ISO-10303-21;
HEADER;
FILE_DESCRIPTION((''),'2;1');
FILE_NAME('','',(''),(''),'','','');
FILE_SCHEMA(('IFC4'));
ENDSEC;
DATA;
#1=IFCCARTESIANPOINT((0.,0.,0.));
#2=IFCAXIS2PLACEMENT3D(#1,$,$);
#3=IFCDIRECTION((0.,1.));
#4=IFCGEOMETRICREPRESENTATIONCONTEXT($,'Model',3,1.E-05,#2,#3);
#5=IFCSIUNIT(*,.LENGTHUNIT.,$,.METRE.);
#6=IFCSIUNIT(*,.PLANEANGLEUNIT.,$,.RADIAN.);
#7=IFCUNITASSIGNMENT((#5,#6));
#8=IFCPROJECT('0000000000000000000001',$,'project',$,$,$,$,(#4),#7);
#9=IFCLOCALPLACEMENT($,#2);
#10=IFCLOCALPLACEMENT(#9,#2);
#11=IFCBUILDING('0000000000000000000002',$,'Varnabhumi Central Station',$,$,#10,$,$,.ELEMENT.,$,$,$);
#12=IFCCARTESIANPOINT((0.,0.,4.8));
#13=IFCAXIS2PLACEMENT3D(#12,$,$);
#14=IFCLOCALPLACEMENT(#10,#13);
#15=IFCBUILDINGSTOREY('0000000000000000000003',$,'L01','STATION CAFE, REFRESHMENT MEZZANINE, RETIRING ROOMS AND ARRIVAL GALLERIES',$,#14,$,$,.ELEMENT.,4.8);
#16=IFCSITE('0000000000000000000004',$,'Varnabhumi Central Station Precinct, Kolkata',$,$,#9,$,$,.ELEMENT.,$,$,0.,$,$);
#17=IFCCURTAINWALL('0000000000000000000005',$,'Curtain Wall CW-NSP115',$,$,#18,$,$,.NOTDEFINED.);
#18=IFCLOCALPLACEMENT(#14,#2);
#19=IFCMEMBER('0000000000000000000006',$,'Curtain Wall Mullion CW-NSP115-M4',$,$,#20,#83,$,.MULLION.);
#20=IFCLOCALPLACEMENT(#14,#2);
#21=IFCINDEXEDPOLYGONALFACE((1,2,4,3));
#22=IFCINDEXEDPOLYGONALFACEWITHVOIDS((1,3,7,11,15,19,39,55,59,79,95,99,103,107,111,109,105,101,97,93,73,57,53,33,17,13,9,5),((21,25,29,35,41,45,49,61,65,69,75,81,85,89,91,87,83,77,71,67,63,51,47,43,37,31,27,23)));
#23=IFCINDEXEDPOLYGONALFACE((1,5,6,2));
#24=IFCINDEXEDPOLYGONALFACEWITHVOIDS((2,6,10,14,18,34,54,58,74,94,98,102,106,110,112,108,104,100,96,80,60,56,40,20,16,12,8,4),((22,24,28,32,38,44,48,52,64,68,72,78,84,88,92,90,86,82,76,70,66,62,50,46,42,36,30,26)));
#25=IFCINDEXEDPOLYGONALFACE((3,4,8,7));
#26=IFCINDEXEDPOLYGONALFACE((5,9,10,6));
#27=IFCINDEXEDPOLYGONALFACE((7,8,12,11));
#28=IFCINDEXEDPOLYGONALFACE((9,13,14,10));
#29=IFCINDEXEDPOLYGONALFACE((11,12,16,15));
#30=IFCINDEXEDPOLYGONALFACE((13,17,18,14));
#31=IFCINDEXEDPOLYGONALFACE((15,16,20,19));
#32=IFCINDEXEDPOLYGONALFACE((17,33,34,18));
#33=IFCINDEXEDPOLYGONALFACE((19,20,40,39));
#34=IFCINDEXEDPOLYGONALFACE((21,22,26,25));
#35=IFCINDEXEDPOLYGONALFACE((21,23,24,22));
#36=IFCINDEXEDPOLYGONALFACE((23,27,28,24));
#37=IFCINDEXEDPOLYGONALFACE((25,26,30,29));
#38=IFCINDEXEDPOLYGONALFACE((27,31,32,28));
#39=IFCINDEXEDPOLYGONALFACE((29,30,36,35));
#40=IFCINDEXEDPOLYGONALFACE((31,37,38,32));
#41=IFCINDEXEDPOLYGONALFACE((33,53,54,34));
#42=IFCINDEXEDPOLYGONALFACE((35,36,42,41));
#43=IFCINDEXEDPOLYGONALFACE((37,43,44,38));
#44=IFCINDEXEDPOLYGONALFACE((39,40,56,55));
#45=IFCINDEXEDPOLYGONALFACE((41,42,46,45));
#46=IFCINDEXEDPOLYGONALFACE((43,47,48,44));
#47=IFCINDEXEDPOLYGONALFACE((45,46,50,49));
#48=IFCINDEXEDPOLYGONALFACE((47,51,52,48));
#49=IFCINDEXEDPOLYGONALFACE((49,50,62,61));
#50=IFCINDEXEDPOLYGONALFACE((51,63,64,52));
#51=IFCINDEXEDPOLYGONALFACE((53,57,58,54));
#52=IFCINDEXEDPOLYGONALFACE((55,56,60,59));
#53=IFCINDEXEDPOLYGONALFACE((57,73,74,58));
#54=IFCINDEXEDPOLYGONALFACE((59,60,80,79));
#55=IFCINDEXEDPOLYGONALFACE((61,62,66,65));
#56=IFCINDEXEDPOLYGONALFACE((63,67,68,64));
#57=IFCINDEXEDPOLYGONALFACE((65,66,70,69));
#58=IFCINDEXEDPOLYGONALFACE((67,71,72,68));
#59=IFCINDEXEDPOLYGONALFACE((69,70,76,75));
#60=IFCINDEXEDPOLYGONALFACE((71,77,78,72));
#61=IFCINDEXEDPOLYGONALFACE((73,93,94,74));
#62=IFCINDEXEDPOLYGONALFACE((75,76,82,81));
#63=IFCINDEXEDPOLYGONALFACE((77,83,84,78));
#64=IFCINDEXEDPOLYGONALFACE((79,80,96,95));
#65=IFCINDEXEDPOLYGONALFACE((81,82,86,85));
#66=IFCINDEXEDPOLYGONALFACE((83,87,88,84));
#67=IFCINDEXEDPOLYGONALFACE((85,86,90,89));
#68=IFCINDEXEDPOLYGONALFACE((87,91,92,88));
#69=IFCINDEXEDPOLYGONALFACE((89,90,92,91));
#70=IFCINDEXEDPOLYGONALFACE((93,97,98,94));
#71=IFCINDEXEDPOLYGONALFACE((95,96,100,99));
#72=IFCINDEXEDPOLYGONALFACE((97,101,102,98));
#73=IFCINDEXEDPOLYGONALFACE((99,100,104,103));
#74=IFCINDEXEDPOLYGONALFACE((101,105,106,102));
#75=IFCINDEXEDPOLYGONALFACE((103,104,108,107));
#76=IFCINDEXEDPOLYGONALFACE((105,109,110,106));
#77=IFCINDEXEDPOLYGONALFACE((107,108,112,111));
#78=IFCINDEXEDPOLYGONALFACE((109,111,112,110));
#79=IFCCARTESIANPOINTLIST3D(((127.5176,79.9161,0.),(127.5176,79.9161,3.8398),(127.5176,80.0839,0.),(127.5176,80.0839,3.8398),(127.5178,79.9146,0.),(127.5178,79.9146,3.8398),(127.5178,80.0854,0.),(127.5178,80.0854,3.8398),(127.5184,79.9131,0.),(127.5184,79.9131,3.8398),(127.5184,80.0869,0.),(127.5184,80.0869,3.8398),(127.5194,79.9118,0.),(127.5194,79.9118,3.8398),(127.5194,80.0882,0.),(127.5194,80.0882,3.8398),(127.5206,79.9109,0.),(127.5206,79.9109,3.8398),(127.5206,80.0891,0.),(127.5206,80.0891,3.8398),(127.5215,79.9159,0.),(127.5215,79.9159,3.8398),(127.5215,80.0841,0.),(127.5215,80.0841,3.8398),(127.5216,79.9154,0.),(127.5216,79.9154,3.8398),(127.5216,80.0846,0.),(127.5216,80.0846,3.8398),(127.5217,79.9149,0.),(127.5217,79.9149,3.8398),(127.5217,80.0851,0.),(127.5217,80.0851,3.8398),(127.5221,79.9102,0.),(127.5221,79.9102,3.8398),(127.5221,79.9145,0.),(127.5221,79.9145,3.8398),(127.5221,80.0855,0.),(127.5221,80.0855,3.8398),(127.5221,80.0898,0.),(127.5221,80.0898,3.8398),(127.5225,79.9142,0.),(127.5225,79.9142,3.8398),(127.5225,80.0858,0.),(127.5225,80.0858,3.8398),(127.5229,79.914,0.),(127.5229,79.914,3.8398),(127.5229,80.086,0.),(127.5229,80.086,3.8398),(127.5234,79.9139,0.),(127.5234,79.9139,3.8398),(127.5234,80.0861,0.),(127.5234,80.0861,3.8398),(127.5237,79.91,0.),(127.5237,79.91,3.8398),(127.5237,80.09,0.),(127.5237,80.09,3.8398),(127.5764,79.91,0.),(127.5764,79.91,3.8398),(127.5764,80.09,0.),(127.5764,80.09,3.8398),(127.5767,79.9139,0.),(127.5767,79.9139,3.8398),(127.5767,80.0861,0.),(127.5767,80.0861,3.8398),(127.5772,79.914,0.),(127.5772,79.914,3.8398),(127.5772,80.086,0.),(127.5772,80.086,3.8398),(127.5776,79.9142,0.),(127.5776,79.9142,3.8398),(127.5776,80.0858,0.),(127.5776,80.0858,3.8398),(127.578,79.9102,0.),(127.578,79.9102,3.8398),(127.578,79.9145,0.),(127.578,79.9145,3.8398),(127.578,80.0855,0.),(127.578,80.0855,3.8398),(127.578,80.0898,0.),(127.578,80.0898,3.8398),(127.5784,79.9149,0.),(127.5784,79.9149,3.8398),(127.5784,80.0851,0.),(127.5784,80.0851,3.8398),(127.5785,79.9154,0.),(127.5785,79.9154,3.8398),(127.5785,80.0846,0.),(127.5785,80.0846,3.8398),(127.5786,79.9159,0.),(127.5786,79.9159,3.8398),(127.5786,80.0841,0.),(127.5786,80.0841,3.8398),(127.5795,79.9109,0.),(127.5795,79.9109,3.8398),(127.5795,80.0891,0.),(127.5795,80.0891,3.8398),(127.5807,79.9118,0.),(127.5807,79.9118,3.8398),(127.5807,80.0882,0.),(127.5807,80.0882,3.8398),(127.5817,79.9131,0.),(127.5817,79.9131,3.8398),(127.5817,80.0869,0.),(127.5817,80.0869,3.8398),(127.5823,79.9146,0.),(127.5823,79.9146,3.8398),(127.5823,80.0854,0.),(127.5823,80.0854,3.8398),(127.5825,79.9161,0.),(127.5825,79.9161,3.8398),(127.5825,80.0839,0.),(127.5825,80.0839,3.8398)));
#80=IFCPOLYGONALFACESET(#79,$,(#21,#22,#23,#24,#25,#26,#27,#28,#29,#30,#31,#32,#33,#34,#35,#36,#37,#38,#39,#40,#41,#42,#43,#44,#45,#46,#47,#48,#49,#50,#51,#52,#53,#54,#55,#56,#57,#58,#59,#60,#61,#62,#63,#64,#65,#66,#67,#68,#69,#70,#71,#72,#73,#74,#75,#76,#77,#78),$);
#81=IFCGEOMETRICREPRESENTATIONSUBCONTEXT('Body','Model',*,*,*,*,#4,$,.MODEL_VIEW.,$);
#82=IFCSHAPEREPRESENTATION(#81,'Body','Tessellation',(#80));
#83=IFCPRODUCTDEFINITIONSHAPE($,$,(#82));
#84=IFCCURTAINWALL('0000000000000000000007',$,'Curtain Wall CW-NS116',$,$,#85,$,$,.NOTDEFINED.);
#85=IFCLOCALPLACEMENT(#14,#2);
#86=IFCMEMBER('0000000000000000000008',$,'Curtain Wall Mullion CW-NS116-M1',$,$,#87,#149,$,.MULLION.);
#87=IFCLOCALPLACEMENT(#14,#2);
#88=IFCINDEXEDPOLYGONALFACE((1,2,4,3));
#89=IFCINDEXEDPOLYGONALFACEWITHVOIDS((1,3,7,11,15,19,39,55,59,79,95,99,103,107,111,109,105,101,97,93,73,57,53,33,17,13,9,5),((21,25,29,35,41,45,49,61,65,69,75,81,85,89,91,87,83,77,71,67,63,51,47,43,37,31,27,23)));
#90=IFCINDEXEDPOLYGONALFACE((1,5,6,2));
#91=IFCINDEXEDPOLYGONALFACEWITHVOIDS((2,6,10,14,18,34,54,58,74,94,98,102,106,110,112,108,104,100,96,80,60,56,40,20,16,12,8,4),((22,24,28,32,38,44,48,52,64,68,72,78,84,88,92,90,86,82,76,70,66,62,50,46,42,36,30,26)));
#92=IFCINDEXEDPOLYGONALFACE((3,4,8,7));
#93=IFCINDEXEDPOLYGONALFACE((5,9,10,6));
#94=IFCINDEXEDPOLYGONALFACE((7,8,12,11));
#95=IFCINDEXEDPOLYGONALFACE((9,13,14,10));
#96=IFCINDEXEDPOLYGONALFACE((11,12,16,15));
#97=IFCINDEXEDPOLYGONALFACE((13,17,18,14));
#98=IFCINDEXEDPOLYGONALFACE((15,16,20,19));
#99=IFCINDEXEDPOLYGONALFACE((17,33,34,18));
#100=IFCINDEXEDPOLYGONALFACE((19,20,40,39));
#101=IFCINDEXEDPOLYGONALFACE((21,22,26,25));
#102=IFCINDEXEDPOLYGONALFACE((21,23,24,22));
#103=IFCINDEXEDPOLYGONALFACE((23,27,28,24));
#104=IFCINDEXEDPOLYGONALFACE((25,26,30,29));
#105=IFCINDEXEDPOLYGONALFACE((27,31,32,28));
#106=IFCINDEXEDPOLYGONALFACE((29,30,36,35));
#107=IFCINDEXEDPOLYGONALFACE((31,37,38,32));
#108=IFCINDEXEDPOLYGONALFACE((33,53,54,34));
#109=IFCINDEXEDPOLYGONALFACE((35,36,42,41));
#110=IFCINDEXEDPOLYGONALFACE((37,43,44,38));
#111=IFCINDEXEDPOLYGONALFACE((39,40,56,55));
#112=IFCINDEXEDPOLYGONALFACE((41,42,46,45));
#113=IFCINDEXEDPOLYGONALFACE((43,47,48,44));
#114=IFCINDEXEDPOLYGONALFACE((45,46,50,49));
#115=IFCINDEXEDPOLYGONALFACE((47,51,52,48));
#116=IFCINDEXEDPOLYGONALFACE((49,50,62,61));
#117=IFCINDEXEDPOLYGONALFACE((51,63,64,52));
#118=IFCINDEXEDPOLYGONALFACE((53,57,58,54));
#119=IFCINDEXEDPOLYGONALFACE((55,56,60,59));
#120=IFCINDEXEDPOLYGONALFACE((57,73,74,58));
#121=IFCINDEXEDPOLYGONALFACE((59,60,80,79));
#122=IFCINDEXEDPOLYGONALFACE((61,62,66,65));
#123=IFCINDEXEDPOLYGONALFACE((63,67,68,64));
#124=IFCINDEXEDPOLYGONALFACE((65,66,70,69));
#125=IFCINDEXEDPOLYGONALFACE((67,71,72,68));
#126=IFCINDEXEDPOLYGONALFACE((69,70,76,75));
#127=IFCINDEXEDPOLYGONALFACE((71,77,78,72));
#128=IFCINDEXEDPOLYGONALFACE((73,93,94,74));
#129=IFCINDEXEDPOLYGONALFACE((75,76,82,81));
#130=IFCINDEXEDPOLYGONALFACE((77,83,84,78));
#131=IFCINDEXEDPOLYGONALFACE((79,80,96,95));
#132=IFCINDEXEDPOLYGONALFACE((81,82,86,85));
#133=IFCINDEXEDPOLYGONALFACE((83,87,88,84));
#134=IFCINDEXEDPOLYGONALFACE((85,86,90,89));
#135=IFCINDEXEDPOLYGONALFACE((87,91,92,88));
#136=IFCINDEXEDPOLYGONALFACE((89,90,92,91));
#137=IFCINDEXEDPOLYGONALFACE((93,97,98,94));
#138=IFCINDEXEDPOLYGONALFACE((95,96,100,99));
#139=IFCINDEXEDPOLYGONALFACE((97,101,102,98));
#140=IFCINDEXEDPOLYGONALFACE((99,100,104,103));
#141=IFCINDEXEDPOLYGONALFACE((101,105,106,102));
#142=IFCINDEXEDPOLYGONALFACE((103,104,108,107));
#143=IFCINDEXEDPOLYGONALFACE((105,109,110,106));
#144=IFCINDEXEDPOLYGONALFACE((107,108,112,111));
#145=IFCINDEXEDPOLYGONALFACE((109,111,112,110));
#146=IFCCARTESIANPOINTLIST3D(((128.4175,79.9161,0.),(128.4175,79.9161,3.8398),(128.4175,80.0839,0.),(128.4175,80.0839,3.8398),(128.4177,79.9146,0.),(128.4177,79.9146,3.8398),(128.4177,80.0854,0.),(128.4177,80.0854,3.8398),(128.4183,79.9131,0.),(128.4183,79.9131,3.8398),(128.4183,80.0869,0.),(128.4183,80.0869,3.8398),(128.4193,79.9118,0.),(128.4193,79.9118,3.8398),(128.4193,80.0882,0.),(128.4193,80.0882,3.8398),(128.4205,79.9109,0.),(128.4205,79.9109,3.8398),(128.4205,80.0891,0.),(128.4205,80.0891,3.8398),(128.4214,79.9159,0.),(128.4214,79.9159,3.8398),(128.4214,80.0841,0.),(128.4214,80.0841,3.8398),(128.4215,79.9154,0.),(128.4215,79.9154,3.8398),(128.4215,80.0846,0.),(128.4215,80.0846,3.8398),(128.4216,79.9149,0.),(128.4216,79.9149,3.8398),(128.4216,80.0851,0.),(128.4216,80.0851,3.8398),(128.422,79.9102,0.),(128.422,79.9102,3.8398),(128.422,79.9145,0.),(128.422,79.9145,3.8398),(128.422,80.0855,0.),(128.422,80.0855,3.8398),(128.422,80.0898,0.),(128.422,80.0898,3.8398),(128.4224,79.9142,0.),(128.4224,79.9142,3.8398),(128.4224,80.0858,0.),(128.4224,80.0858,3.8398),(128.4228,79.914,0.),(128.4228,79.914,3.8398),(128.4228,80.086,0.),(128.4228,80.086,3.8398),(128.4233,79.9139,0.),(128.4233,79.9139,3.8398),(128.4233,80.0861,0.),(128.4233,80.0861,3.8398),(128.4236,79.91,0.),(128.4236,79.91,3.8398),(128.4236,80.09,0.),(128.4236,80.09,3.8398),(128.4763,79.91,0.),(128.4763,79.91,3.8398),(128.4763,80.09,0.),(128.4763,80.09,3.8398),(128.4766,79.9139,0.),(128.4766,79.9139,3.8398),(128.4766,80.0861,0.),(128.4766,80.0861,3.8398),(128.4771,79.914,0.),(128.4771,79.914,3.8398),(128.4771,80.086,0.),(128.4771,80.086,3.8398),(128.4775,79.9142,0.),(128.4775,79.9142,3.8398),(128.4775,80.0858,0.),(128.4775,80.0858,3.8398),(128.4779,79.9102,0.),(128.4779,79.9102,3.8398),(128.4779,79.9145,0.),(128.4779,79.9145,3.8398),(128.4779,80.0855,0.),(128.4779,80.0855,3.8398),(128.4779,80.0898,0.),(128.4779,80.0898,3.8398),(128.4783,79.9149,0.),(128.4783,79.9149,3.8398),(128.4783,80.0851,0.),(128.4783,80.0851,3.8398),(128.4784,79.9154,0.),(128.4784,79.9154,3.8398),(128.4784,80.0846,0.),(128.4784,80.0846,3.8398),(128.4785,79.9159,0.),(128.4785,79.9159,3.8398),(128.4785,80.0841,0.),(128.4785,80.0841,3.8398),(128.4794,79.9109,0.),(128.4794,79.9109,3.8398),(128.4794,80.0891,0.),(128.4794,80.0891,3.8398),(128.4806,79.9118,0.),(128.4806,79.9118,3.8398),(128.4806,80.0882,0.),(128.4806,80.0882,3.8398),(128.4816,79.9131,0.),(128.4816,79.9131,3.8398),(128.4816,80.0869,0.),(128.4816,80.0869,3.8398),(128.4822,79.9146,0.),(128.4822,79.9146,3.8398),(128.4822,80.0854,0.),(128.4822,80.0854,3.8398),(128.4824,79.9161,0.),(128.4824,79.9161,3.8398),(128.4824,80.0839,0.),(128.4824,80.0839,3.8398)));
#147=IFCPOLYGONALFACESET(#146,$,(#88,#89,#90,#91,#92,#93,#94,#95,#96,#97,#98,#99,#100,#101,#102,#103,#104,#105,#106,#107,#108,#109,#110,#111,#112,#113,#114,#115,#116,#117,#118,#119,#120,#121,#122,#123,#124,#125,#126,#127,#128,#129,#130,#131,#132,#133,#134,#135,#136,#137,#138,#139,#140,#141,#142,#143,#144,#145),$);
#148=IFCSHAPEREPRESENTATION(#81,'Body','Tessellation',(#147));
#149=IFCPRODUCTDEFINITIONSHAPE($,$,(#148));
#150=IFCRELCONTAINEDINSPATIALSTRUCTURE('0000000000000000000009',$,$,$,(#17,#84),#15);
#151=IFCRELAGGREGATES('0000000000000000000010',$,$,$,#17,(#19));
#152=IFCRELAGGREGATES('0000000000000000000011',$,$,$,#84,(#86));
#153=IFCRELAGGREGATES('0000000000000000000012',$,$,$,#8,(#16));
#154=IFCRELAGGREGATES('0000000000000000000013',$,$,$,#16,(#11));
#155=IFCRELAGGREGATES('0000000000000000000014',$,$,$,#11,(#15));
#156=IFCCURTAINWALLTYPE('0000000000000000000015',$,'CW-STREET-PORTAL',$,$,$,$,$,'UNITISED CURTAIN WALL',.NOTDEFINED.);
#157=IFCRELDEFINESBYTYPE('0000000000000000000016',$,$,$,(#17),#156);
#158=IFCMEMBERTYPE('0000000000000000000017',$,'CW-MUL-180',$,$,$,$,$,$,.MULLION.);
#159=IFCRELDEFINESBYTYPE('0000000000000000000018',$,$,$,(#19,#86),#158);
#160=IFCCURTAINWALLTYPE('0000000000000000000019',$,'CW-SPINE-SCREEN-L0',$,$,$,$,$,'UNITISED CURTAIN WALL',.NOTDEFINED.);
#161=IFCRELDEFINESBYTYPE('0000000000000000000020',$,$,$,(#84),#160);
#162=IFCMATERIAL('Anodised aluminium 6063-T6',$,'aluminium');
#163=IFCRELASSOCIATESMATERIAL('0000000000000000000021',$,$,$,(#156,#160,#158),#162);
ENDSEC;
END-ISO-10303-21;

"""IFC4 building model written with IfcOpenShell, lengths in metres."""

from ifc_helpers import new_model, si_unit, direction, frame, origin, origin_2d, place, context, subcontext, project, spatial, hollow_rectangle, extrude, material, material_profile, profile_set, type_object, element, aggregate, save


model = new_model("IFC4")

# Units and contexts
model_context = context("Model", 3, precision=1e-05, world=origin(), true_north=direction((0.0, 1.0)))
body_context = subcontext(model_context, "Body", "Model", "MODEL_VIEW")
ifc_project = project(units=[si_unit("LENGTHUNIT", "METRE"), si_unit("PLANEANGLEUNIT", "RADIAN")], contexts=[model_context])

# Site, building, storey
site_placement = place(None, origin())
site = spatial("IfcSite", under=ifc_project, at=site_placement, Name="Varnabhumi Central Station Precinct, Kolkata", CompositionType="ELEMENT", RefElevation=0.0)
building_placement = place(site_placement, origin())
building = spatial("IfcBuilding", under=site, at=building_placement, Name="Varnabhumi Central Station", CompositionType="ELEMENT")
storey_placement = place(building_placement, frame((0.0, 0.0, 4.8)))
storey = spatial("IfcBuildingStorey", under=building, at=storey_placement, Name="L01", Description="STATION CAFE, REFRESHMENT MEZZANINE, RETIRING ROOMS AND ARRIVAL GALLERIES", CompositionType="ELEMENT", Elevation=4.8)

# Curtain walls, members
ifc_material_1 = material(Name="Anodised aluminium 6063-T6", Category="aluminium")
curtain_wall_type_1 = type_object("IfcCurtainWallType", Name="CW-STREET-PORTAL", ElementType="UNITISED CURTAIN WALL", PredefinedType="NOTDEFINED", material=ifc_material_1)
curtain_wall_1_placement = place(storey_placement, origin())
curtain_wall_1 = element("IfcCurtainWall", 1, at=curtain_wall_1_placement, inside=storey, type_object=curtain_wall_type_1, Name="Curtain Wall CW-NSP115", PredefinedType="NOTDEFINED")
ifc_material_profile_1 = material_profile(ifc_material_1, hollow_rectangle(XDim=0.0649, YDim=0.1799, WallThickness=0.0039, InnerFilletRadius=0.002, OuterFilletRadius=0.0061, at=origin_2d()), Name="Anodised aluminium 6063-T6", Category="aluminium")
ifc_profile_set_1 = profile_set([ifc_material_profile_1], Name="Anodised aluminium 6063-T6")
member_type_1 = type_object("IfcMemberType", Name="CW-MUL-180", PredefinedType="MULLION", material=ifc_profile_set_1)
member_1_placement = place(storey_placement, frame((127.55, 80.0, 0.0), z_axis=(0.0, 0.0, 1.0), x_axis=(1.0, 0.0, 0.0)))
member_1 = element("IfcMember", 2, at=member_1_placement, type_object=member_type_1, Name="Curtain Wall Mullion CW-NSP115-M4", PredefinedType="MULLION", context=body_context, shape_type="SweptSolid", body=[
    extrude(hollow_rectangle(XDim=0.0649, YDim=0.1799, WallThickness=0.0039, InnerFilletRadius=0.002, OuterFilletRadius=0.0061, at=origin_2d()), origin(), (0.0, 0.0, 1.0), 3.8398),
])
curtain_wall_type_2 = type_object("IfcCurtainWallType", Name="CW-SPINE-SCREEN-L0", ElementType="UNITISED CURTAIN WALL", PredefinedType="NOTDEFINED", material=ifc_material_1)
curtain_wall_2_placement = place(storey_placement, origin())
curtain_wall_2 = element("IfcCurtainWall", 3, at=curtain_wall_2_placement, inside=storey, type_object=curtain_wall_type_2, Name="Curtain Wall CW-NS116", PredefinedType="NOTDEFINED")
member_2_placement = place(storey_placement, frame((128.45, 80.0, 0.0), z_axis=(0.0, 0.0, 1.0), x_axis=(1.0, 0.0, 0.0)))
member_2 = element("IfcMember", 4, at=member_2_placement, type_object=member_type_1, Name="Curtain Wall Mullion CW-NS116-M1", PredefinedType="MULLION", context=body_context, shape_type="SweptSolid", body=[
    extrude(hollow_rectangle(XDim=0.0649, YDim=0.1799, WallThickness=0.0039, InnerFilletRadius=0.002, OuterFilletRadius=0.0061, at=origin_2d()), origin(), (0.0, 0.0, 1.0), 3.8398),
])

aggregate(curtain_wall_1, [member_1])
aggregate(curtain_wall_2, [member_2])

save(model, "model.ifc")
